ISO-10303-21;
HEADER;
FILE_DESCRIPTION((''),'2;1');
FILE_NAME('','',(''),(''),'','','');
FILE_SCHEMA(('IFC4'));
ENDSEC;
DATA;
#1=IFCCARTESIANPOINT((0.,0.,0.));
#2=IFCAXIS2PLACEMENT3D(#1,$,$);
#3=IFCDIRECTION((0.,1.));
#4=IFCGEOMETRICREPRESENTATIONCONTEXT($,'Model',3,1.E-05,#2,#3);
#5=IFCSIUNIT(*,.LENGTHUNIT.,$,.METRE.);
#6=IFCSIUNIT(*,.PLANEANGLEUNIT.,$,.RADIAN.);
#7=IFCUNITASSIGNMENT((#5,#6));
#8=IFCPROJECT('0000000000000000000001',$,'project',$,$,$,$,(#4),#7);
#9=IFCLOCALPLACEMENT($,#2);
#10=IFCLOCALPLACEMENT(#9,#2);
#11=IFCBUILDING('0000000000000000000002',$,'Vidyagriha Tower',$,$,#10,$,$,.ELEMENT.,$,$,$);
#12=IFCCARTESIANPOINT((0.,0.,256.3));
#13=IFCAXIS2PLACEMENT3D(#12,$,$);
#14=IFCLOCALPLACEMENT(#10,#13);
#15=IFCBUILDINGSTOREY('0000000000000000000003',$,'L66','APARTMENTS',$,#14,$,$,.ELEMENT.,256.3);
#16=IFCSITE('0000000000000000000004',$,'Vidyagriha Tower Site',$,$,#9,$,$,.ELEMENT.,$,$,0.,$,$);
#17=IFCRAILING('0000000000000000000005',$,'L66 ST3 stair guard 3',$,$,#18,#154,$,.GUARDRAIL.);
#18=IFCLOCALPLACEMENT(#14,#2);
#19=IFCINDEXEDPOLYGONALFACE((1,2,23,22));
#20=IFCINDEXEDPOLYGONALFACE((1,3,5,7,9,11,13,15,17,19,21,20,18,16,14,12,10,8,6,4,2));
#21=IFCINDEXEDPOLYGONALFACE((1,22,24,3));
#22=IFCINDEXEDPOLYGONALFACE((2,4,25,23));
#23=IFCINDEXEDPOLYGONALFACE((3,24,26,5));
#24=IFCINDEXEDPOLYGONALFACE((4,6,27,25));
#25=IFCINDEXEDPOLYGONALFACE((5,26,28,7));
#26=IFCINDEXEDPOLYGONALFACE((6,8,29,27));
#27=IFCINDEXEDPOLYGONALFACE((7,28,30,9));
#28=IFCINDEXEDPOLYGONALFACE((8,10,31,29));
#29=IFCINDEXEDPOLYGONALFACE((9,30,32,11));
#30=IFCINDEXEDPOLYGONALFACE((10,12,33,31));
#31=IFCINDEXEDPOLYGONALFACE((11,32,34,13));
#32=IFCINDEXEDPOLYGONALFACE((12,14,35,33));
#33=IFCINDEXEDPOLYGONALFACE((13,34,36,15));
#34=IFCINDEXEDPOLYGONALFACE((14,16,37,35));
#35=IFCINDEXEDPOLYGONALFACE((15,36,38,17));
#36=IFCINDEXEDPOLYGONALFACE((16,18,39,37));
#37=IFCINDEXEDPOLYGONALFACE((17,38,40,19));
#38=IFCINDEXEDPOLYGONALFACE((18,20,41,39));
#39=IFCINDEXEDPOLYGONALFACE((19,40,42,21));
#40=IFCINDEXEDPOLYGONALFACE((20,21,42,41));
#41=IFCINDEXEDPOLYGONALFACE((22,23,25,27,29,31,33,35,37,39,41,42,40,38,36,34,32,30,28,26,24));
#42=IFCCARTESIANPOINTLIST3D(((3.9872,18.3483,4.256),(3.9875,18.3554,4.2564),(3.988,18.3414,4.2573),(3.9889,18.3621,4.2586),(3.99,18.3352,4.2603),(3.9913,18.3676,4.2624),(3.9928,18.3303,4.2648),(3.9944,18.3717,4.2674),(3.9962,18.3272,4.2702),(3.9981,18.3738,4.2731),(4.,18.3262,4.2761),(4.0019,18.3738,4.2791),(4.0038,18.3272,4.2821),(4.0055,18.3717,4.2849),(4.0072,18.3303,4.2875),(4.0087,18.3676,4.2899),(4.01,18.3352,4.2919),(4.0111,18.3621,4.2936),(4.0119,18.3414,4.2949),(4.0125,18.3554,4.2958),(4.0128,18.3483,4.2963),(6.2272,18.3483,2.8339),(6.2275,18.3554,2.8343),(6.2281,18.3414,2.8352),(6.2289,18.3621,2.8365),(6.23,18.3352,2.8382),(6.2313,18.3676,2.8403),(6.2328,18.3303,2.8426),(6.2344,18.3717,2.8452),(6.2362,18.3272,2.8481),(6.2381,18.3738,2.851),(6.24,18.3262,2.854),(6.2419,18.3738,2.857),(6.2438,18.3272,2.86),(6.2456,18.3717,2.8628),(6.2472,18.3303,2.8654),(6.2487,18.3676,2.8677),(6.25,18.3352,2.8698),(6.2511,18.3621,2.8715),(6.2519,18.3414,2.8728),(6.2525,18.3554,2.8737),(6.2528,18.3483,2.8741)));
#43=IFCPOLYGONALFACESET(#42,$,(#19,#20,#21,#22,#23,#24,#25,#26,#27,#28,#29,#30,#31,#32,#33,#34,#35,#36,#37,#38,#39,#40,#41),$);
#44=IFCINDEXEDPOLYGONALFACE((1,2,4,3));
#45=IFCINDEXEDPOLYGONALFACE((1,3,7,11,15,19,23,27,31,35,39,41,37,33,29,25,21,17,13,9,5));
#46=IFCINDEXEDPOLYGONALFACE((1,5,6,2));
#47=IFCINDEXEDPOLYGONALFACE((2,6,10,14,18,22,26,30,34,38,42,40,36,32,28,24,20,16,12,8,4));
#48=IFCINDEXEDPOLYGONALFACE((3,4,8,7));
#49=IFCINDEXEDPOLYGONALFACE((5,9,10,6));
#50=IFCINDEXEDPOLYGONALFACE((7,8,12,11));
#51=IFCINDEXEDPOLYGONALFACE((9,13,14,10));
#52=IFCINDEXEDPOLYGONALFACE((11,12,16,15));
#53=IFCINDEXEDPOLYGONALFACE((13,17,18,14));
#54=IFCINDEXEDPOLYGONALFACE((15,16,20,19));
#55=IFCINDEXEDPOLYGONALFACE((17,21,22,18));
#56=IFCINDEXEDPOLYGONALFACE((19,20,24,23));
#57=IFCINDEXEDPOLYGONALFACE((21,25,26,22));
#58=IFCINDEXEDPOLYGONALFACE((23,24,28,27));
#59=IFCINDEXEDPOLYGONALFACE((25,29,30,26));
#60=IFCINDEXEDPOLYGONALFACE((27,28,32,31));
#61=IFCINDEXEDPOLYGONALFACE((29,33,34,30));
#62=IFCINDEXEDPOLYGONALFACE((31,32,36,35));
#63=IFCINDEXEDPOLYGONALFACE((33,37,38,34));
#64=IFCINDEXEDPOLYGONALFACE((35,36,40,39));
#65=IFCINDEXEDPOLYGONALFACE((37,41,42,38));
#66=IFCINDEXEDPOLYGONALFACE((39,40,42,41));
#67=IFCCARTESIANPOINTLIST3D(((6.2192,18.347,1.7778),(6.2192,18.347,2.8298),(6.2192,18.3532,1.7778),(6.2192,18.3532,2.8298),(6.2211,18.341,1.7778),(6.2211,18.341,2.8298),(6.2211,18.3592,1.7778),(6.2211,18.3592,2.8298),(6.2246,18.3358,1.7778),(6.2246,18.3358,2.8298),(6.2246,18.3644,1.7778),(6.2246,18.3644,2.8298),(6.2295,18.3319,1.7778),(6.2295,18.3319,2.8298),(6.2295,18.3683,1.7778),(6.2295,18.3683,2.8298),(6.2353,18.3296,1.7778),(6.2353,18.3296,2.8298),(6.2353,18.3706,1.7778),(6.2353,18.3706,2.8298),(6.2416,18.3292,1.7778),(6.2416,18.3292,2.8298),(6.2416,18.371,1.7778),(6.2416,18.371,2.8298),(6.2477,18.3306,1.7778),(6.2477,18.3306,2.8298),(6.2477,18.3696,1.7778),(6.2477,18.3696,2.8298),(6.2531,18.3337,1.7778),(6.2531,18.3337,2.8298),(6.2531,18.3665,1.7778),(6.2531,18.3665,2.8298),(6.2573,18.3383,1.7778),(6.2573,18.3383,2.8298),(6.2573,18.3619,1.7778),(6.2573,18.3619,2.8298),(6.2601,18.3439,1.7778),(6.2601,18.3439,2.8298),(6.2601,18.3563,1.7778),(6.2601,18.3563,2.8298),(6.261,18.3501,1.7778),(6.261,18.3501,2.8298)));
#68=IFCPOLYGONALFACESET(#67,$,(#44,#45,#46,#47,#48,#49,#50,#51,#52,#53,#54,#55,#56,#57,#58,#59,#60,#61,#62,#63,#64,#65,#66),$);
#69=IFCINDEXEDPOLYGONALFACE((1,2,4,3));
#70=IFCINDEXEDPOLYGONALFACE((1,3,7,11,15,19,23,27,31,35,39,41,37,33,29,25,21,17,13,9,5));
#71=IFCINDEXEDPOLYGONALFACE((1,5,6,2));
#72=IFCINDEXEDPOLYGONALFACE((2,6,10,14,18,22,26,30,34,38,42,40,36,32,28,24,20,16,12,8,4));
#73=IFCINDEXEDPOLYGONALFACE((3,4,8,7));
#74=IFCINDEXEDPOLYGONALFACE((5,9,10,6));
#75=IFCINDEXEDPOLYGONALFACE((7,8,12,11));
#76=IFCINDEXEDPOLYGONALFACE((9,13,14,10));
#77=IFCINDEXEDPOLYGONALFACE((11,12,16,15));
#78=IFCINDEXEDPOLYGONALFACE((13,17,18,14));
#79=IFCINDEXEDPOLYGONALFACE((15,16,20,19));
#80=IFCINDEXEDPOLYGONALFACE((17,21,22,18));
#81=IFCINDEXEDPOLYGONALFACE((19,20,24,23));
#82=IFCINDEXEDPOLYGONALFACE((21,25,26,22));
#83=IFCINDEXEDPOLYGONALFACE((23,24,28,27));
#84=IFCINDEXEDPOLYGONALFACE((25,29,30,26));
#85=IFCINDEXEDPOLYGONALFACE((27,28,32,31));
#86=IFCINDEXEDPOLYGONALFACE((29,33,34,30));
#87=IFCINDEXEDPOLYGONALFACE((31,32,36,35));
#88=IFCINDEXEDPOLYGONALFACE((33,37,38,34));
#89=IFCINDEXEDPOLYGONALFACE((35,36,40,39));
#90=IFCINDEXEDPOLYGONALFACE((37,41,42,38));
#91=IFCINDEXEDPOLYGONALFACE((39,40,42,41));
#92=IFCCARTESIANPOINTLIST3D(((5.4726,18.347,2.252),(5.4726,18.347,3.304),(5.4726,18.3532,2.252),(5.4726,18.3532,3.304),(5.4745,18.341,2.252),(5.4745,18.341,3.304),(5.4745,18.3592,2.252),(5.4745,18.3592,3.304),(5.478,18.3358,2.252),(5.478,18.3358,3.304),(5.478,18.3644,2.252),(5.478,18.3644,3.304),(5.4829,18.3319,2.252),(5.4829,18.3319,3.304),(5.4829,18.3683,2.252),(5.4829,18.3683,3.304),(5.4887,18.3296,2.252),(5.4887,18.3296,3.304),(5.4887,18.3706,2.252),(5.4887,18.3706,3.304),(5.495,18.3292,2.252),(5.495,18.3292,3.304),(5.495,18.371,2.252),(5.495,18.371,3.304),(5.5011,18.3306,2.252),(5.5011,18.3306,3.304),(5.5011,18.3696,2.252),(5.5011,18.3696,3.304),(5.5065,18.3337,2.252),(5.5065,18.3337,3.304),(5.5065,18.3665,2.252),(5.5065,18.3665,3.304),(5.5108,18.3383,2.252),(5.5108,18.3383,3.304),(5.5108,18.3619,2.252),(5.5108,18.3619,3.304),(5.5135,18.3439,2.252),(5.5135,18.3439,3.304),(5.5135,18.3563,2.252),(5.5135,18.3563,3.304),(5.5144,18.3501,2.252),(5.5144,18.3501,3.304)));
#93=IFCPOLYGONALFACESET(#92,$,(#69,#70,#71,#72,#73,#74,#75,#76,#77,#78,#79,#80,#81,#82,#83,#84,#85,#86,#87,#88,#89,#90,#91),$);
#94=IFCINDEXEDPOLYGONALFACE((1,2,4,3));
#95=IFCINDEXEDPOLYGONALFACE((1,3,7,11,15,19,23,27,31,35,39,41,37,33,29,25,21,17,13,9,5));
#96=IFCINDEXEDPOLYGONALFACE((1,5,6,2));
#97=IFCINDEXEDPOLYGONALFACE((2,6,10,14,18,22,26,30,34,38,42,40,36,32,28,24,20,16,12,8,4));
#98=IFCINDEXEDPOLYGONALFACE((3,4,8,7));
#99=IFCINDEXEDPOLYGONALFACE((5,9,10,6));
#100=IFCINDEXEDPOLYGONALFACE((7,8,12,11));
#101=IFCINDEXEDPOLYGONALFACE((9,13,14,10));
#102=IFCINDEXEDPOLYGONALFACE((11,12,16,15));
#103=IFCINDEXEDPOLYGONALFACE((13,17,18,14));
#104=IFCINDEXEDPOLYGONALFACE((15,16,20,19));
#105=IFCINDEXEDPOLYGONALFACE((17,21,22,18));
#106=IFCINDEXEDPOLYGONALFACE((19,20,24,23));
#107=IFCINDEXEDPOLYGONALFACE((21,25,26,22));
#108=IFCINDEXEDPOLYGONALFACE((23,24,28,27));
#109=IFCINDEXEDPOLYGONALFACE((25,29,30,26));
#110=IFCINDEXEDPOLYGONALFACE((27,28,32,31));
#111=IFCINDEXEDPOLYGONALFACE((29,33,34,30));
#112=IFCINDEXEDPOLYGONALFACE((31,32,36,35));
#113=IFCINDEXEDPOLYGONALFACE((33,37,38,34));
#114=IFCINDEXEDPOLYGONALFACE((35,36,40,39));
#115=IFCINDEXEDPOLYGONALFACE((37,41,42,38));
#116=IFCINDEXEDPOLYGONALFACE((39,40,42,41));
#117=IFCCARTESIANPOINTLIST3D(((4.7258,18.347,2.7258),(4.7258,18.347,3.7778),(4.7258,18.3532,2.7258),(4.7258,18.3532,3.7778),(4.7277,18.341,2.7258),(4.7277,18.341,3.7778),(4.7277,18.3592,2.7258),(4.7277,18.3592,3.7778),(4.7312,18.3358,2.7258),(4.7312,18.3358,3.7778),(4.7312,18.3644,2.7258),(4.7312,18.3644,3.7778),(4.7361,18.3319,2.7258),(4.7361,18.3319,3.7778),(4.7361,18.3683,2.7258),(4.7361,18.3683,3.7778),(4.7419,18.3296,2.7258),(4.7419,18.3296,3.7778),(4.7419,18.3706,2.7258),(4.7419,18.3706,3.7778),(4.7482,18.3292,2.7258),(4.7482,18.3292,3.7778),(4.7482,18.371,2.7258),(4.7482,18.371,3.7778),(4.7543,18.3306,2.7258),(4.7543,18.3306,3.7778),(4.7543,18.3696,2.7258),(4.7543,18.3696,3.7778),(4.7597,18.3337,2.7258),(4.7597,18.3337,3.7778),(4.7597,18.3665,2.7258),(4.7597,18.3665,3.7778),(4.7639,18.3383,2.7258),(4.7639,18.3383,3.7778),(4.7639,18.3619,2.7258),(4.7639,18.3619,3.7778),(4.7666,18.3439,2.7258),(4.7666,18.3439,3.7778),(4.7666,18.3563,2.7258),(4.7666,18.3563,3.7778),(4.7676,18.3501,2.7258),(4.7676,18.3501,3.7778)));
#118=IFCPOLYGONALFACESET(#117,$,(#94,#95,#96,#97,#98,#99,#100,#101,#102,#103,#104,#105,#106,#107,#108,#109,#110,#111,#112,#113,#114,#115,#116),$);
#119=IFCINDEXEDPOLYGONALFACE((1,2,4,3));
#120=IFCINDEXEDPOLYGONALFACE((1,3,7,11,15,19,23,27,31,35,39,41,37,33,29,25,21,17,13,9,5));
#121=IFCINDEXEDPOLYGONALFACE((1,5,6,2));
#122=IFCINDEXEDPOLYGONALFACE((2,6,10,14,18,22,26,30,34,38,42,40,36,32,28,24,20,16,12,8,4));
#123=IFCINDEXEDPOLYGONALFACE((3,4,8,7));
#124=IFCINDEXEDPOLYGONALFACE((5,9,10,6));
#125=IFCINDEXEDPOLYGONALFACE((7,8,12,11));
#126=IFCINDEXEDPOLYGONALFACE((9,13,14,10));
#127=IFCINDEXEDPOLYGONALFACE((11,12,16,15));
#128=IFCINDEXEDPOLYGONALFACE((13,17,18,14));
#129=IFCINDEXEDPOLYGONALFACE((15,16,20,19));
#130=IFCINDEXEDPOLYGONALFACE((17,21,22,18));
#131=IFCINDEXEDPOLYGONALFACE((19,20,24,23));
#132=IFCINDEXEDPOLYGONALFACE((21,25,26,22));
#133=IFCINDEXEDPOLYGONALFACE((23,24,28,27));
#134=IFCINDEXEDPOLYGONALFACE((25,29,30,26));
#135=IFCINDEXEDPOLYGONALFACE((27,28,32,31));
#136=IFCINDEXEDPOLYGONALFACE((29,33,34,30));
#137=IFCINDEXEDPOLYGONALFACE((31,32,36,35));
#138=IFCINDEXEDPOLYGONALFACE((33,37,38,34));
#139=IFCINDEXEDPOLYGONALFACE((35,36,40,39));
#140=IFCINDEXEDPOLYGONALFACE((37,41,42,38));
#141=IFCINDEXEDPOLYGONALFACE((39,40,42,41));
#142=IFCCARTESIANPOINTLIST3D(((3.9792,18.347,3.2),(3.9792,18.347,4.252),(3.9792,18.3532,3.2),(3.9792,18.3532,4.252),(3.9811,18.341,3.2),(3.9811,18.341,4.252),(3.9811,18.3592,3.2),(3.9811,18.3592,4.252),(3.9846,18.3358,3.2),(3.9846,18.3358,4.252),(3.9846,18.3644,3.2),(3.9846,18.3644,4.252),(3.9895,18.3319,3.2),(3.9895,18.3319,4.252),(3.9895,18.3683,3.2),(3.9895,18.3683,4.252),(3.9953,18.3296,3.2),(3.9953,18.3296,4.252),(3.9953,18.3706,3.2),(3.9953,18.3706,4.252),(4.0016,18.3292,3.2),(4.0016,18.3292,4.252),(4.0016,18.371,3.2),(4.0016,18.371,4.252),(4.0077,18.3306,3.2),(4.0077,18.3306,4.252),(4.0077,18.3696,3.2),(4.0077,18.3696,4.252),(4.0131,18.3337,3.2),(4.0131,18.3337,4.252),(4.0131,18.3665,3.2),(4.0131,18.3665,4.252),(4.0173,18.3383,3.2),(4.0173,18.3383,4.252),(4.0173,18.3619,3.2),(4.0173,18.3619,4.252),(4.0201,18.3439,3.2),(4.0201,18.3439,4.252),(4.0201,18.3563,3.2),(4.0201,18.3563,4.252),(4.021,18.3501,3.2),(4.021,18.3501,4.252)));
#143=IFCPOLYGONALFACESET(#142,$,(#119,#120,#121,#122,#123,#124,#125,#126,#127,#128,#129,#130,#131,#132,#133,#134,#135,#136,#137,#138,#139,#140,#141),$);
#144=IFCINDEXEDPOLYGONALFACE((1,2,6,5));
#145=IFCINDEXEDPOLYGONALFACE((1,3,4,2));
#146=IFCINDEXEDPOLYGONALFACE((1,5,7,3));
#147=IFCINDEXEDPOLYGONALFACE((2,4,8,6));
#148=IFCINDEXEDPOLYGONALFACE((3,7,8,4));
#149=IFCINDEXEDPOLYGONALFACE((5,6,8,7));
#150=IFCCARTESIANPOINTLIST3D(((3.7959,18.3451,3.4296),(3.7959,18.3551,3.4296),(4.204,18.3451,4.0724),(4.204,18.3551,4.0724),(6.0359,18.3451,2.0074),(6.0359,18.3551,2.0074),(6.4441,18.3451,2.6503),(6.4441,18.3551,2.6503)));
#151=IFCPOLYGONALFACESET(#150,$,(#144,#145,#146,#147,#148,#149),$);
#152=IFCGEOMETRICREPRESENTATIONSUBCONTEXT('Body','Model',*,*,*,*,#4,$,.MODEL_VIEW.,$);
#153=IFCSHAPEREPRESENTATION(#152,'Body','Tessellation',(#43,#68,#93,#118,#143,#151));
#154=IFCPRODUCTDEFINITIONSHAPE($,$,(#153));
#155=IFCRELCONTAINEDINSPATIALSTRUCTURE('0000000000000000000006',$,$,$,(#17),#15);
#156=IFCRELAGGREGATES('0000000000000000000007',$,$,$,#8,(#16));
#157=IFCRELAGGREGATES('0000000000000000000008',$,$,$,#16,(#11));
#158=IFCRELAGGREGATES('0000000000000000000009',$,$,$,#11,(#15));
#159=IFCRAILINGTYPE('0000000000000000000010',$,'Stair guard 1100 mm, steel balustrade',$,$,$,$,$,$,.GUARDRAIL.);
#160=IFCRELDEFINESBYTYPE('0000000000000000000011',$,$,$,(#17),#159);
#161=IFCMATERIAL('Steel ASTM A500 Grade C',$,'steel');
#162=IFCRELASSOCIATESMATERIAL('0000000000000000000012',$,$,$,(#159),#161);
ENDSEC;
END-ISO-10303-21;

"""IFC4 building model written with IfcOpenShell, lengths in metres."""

from ifc_helpers import new_model, si_unit, direction, frame, origin, origin_2d, place, context, subcontext, project, spatial, rectangle, circle, extrude, material, type_object, element, save


model = new_model("IFC4")

# Units and contexts
model_context = context("Model", 3, precision=1e-05, world=origin(), true_north=direction((0.0, 1.0)))
body_context = subcontext(model_context, "Body", "Model", "MODEL_VIEW")
ifc_project = project(units=[si_unit("LENGTHUNIT", "METRE"), si_unit("PLANEANGLEUNIT", "RADIAN")], contexts=[model_context])

# Site, building, storey
site_placement = place(None, origin())
site = spatial("IfcSite", under=ifc_project, at=site_placement, Name="Vidyagriha Tower Site", CompositionType="ELEMENT", RefElevation=0.0)
building_placement = place(site_placement, origin())
building = spatial("IfcBuilding", under=site, at=building_placement, Name="Vidyagriha Tower", CompositionType="ELEMENT")
storey_placement = place(building_placement, frame((0.0, 0.0, 256.3)))
storey = spatial("IfcBuildingStorey", under=building, at=storey_placement, Name="L66", Description="APARTMENTS", CompositionType="ELEMENT", Elevation=256.3)

# Railing
ifc_material_1 = material(Name="Steel ASTM A500 Grade C", Category="steel")
railing_type_1 = type_object("IfcRailingType", Name="Stair guard 1100 mm, steel balustrade", PredefinedType="GUARDRAIL", material=ifc_material_1)
railing_1_placement = place(storey_placement, frame((6.24, 18.3501, 1.7778)))
element("IfcRailing", 1, at=railing_1_placement, inside=storey, type_object=railing_type_1, Name="L66 ST3 stair guard 3", PredefinedType="GUARDRAIL", context=body_context, shape_type="SweptSolid", body=[
    extrude(circle(Radius=0.0239, at=origin_2d()), frame((0.0, 0.0, 1.0762), z_axis=(-0.844229, 0.0, 0.535982), x_axis=(0.0, -1.0, 0.0)), (0.0, 0.0, 1.0), 2.6533),
    extrude(circle(Radius=0.021, at=origin_2d()), origin(), (0.0, 0.0, 1.0), 1.052),
    extrude(circle(Radius=0.021, at=origin_2d()), frame((-0.7466, 0.0, 0.4741)), (0.0, 0.0, 1.0), 1.052),
    extrude(circle(Radius=0.021, at=origin_2d()), frame((-1.4934, 0.0, 0.948)), (0.0, 0.0, 1.0), 1.052),
    extrude(circle(Radius=0.021, at=origin_2d()), frame((-2.24, 0.0, 1.4221)), (0.0, 0.0, 1.0), 1.052),
    extrude(rectangle(XDim=0.01, YDim=0.7615, at=origin_2d()), frame((0.0, 0.0, 0.551), z_axis=(-0.844229, 0.0, 0.535982), x_axis=(0.0, -1.0, 0.0)), (0.0, 0.0, 1.0), 2.6533),
])

save(model, "model.ifc")
